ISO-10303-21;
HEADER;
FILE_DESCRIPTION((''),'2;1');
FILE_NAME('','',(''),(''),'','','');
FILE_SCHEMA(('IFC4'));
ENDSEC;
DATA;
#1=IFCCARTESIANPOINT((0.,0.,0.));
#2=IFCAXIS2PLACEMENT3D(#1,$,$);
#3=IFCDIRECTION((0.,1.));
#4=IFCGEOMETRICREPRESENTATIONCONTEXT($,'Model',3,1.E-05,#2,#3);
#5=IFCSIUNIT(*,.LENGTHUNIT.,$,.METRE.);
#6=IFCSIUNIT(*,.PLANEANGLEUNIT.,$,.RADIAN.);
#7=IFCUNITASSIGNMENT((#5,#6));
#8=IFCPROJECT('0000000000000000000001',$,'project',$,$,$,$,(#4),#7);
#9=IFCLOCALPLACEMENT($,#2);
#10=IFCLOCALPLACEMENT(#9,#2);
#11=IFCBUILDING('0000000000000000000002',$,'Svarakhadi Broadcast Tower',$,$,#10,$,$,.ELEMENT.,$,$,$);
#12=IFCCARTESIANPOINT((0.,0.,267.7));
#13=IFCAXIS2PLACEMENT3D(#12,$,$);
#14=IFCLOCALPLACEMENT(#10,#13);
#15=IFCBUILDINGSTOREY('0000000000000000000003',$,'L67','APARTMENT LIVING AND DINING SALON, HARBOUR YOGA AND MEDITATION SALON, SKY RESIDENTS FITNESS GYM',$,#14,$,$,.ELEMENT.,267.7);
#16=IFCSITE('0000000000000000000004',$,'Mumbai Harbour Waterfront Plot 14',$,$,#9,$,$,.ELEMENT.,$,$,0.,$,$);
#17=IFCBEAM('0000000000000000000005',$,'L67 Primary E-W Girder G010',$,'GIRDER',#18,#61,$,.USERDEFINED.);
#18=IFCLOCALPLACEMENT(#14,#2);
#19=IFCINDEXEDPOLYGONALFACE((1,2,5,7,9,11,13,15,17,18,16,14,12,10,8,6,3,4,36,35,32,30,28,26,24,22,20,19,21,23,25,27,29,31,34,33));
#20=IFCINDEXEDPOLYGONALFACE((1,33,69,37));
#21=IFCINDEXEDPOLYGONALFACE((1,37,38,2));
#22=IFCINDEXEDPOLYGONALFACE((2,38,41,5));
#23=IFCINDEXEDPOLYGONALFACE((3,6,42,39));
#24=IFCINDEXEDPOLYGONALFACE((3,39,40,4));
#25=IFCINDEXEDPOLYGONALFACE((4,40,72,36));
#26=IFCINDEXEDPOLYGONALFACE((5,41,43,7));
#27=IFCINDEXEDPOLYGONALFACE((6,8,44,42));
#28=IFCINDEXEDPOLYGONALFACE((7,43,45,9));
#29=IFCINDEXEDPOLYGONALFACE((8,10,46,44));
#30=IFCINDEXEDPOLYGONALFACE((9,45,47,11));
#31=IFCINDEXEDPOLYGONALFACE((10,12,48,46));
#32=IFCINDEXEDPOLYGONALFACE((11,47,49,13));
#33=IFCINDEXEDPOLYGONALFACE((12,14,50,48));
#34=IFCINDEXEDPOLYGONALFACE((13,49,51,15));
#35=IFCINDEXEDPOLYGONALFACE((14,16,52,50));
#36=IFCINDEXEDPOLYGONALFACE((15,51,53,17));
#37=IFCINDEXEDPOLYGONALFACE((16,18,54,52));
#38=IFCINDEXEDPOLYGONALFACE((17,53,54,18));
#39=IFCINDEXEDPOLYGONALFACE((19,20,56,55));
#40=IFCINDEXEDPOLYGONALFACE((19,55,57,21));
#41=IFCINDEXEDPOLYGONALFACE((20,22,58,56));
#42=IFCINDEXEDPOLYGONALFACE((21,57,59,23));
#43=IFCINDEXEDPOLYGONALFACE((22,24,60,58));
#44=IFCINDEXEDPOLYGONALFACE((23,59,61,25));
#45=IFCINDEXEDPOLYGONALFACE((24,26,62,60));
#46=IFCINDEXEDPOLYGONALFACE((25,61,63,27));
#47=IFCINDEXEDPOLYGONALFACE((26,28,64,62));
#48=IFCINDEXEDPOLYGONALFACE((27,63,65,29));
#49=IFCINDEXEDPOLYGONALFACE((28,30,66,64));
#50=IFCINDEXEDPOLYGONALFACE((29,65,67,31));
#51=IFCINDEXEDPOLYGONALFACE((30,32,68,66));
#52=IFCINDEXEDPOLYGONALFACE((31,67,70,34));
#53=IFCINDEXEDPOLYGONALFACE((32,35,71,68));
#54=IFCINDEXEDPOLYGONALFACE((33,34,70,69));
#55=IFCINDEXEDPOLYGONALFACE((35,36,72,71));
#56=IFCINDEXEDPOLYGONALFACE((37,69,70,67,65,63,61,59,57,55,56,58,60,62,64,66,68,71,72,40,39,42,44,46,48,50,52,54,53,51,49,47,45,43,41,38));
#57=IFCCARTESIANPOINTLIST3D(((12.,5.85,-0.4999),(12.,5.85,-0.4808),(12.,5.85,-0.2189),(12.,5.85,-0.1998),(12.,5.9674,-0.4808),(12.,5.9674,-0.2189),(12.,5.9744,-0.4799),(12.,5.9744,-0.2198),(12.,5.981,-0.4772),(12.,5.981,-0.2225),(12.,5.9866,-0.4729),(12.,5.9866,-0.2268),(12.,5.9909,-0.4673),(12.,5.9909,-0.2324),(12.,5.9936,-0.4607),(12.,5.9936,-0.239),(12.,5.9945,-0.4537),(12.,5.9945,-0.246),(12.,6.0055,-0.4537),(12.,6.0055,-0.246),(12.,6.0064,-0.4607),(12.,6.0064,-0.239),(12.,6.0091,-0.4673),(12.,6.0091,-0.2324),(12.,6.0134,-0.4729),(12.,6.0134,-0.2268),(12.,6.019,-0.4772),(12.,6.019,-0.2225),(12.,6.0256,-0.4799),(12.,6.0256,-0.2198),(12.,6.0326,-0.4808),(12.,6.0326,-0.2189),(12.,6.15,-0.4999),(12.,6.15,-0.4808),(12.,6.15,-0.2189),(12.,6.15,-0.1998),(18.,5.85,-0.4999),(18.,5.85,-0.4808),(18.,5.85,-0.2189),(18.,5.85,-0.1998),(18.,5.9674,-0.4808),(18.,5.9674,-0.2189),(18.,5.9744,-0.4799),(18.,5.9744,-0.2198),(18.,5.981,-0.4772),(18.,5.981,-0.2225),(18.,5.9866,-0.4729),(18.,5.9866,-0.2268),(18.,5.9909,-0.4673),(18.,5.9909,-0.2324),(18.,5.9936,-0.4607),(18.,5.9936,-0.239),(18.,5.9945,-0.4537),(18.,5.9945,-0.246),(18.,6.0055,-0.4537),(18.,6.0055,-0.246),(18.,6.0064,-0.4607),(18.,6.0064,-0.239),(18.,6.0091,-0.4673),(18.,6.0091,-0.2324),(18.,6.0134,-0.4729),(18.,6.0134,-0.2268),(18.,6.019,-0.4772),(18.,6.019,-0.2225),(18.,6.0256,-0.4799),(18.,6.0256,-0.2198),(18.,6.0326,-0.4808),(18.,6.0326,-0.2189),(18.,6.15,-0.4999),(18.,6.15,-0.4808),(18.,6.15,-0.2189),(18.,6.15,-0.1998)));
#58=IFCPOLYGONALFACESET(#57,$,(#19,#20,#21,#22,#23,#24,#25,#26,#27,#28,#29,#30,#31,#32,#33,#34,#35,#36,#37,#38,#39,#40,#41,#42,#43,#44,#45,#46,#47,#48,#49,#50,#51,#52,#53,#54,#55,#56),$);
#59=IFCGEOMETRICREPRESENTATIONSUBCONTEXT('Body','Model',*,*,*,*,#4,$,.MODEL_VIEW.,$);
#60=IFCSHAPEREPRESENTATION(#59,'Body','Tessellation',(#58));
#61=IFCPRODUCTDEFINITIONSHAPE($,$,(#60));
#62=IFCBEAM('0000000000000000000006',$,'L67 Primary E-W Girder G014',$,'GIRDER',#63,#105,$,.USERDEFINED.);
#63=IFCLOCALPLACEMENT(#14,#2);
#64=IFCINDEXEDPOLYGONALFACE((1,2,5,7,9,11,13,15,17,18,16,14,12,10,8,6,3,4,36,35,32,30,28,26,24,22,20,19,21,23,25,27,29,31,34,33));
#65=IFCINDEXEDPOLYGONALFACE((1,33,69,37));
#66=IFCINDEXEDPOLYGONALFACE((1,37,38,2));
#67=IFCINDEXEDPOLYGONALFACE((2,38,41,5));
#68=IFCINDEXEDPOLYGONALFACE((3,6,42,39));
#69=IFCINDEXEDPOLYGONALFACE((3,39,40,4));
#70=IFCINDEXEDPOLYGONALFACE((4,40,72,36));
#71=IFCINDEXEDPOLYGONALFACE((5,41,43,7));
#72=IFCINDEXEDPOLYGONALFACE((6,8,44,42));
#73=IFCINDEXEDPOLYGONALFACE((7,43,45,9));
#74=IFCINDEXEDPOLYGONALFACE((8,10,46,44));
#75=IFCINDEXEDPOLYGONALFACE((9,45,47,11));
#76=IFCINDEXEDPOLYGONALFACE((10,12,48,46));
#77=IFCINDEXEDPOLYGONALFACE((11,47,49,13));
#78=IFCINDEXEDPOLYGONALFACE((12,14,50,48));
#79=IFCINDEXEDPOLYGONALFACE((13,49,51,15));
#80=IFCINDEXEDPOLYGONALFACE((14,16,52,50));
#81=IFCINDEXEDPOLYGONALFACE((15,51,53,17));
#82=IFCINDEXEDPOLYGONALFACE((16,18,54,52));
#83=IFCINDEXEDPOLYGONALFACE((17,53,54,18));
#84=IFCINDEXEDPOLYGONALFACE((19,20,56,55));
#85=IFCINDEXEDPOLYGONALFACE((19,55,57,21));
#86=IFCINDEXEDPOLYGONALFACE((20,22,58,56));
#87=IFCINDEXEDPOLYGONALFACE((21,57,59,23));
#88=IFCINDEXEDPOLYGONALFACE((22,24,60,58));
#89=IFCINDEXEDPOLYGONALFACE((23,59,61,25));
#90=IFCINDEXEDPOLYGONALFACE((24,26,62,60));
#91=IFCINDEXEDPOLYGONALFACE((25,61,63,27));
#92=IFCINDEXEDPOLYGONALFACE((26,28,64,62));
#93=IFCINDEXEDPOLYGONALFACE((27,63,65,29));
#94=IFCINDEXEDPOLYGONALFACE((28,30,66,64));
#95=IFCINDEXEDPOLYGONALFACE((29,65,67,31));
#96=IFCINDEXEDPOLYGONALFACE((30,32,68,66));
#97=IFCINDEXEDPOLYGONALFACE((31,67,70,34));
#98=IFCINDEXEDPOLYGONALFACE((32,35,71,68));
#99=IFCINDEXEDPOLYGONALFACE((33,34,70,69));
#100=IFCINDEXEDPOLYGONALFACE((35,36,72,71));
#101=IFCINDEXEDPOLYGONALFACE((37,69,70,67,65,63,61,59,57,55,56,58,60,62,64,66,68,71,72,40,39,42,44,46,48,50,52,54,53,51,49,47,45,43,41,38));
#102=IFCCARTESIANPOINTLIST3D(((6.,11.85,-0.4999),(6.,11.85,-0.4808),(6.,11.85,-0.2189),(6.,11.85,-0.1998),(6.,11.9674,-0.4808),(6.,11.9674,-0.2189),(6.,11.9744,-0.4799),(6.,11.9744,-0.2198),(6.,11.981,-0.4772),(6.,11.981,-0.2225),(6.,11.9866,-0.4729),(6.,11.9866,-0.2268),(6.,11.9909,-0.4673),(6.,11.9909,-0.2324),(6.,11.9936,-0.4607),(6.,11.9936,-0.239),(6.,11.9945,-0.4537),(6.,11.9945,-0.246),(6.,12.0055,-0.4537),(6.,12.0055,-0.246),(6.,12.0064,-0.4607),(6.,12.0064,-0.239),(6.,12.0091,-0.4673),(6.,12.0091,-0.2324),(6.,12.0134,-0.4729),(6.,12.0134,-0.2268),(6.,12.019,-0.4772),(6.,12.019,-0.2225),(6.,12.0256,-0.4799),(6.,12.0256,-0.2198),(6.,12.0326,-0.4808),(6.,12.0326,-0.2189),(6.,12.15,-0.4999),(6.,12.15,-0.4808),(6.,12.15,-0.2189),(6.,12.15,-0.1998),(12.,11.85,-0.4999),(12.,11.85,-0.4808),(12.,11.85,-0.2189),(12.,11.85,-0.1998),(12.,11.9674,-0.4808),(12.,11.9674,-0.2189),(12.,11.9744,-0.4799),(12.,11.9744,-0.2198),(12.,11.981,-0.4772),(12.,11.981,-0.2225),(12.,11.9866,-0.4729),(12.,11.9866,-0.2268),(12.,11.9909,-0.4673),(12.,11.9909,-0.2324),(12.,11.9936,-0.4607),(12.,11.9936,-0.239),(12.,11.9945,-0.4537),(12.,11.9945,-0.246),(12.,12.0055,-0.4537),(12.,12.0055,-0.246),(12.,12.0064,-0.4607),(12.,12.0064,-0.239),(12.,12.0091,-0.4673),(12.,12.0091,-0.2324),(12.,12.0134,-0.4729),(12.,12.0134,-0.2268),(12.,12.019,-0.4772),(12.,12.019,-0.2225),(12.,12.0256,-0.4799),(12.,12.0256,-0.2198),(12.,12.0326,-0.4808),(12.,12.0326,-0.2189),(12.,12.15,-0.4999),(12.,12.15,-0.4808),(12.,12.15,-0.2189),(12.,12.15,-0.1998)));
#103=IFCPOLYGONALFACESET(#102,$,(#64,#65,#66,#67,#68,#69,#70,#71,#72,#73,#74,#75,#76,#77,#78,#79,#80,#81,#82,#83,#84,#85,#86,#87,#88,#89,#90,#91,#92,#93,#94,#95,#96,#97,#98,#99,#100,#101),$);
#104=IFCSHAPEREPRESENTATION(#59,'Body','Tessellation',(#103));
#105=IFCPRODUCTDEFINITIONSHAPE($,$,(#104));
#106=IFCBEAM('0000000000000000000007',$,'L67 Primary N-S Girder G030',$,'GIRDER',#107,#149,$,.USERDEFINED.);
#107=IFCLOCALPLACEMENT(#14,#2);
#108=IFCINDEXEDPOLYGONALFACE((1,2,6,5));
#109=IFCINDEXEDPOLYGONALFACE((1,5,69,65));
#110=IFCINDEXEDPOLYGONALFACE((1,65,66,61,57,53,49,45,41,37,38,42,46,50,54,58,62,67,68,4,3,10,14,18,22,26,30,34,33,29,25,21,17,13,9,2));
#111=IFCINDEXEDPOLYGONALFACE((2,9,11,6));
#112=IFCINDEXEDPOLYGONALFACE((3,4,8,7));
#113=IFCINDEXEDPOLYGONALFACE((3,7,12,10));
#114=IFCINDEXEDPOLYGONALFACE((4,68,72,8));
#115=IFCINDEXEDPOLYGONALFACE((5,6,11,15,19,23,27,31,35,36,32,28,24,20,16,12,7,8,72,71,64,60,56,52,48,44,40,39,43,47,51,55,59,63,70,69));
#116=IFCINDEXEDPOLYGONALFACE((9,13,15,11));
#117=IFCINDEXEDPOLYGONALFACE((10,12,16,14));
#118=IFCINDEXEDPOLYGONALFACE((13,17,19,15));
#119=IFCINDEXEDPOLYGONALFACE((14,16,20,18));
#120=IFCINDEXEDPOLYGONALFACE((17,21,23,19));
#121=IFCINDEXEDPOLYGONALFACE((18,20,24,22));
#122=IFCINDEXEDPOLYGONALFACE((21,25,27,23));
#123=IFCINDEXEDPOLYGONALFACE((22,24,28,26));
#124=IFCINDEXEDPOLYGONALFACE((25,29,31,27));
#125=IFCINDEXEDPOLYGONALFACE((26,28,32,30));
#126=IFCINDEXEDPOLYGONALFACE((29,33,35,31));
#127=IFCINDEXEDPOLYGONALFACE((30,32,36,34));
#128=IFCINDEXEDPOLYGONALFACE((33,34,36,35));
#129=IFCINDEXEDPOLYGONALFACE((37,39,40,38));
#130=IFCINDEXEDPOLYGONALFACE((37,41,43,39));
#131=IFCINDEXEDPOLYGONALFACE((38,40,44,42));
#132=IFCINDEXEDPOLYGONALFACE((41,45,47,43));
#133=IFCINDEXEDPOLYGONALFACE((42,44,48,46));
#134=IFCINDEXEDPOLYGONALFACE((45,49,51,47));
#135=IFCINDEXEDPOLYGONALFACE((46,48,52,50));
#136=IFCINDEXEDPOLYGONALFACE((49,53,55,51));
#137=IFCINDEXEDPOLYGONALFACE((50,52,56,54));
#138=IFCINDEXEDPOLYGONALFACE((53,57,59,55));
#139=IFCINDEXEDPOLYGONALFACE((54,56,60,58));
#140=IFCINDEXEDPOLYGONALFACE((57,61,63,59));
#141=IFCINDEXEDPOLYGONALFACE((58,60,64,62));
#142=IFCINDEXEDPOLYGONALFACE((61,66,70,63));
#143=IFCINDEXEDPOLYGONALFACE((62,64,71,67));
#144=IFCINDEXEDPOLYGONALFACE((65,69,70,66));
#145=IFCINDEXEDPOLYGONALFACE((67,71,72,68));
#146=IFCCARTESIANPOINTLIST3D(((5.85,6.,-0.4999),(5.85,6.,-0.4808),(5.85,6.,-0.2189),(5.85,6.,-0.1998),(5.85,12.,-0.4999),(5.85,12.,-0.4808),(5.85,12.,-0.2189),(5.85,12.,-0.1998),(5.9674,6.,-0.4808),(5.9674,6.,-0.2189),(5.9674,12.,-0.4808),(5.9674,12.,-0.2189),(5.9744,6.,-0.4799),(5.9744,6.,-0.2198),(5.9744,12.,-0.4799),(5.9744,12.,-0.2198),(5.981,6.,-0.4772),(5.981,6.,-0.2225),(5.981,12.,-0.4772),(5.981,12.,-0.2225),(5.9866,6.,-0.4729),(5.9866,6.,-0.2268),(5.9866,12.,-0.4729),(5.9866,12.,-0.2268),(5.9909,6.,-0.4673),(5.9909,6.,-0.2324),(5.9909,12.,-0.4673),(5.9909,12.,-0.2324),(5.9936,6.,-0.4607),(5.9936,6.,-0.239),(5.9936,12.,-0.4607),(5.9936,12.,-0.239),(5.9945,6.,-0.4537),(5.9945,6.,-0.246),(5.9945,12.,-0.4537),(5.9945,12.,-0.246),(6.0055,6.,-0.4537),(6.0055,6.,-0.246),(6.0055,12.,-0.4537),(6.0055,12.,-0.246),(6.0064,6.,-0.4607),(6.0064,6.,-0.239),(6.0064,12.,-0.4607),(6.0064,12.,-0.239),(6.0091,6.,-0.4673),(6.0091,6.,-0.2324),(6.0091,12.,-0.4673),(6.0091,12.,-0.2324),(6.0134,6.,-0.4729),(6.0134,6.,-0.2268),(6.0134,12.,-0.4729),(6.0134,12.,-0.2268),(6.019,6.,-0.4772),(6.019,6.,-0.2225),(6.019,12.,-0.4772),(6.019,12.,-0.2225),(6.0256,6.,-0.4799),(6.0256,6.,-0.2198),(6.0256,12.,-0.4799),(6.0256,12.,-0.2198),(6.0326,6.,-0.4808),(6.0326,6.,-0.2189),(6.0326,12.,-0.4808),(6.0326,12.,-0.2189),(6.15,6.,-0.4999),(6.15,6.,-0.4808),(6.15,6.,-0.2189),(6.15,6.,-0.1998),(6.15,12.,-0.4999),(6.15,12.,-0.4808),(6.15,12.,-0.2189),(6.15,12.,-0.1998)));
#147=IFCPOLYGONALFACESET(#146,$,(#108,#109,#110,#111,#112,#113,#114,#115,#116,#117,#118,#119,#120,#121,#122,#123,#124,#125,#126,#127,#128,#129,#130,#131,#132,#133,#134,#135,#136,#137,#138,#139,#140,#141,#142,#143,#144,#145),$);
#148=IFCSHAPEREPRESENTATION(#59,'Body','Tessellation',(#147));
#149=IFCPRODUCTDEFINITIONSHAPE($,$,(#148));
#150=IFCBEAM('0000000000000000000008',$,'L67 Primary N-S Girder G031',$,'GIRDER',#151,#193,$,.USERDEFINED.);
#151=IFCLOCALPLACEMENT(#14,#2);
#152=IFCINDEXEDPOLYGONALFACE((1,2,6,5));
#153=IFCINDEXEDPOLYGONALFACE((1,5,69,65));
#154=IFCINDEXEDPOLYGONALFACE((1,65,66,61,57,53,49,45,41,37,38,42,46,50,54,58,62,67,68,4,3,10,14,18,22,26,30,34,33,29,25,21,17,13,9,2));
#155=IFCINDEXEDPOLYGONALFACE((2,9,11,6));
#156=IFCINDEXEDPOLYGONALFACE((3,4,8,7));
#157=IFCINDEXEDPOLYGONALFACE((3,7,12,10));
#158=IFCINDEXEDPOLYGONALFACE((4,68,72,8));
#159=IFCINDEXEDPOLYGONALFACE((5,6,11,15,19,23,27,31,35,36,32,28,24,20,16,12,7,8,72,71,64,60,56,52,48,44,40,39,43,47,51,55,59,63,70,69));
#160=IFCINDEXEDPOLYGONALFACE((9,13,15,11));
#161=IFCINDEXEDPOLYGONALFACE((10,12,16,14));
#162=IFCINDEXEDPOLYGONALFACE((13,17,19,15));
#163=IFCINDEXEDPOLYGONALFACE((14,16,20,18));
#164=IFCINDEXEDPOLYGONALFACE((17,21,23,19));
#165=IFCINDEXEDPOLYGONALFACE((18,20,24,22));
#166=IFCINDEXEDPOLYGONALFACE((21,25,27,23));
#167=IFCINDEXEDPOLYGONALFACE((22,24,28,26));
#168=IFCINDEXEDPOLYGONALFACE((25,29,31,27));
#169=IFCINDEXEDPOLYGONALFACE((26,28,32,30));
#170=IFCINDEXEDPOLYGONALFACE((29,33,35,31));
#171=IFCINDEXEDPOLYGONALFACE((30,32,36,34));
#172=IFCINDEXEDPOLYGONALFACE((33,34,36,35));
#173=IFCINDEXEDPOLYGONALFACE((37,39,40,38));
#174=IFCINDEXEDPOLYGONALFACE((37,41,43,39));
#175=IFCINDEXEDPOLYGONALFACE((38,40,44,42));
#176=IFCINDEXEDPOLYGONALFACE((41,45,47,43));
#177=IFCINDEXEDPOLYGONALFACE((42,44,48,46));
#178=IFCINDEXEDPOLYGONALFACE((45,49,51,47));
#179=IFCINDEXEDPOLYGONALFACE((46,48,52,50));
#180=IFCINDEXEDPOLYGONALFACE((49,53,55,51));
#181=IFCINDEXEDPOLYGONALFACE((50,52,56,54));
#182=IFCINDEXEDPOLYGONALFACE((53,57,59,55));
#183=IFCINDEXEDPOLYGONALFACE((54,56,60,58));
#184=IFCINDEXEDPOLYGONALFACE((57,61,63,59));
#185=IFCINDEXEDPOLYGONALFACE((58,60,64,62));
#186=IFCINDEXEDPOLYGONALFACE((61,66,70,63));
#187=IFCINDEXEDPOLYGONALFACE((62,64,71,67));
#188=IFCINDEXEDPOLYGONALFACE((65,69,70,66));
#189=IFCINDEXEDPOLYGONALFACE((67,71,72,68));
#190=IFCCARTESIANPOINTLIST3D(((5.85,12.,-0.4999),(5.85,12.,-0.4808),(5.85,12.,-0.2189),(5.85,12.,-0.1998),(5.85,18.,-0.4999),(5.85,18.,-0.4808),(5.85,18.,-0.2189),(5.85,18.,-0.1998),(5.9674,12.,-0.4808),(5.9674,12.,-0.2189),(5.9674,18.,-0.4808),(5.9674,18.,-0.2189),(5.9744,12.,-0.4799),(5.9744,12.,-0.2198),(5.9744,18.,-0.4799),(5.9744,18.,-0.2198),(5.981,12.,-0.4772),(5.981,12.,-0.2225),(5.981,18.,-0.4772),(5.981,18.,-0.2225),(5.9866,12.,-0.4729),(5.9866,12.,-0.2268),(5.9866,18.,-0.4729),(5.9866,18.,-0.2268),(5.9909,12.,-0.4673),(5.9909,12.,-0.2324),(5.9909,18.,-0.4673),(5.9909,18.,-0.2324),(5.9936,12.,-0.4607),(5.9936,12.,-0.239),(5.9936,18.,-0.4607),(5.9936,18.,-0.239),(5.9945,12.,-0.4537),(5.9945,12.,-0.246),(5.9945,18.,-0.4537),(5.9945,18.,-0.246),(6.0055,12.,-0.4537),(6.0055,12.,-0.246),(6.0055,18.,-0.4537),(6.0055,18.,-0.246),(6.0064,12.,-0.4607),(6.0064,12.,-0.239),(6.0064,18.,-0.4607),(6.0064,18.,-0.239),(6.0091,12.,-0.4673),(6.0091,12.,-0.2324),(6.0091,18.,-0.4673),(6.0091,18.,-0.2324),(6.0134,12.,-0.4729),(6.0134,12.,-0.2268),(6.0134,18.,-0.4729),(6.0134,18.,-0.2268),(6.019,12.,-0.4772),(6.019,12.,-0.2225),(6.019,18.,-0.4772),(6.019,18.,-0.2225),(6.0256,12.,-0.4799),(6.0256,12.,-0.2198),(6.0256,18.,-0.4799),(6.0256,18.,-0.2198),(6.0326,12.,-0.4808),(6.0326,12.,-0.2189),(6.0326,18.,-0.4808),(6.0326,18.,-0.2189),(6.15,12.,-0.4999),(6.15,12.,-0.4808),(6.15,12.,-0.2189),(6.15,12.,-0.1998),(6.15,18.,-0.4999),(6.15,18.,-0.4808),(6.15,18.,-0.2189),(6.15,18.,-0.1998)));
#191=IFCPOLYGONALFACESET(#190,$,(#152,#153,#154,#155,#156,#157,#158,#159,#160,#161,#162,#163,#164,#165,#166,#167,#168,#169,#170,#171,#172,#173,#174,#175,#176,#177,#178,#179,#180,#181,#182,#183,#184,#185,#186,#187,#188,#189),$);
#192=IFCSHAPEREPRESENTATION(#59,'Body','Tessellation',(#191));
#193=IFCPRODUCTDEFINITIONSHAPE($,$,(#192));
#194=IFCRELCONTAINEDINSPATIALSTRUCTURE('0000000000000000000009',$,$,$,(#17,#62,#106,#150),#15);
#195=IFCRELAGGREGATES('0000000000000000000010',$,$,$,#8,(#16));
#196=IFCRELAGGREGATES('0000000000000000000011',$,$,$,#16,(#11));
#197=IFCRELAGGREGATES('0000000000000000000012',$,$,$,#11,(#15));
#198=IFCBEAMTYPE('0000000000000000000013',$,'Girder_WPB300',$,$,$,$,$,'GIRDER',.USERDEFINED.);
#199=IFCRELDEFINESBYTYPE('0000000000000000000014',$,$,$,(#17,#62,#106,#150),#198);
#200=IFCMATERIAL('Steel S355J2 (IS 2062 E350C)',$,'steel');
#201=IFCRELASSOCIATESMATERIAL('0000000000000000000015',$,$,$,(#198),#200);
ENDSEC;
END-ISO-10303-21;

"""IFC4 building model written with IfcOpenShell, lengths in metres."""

from ifc_helpers import new_model, si_unit, direction, frame, origin, origin_2d, place, context, subcontext, project, spatial, i_section, extrude, material, material_profile, profile_set, type_object, element, save


model = new_model("IFC4")

# Units and contexts
model_context = context("Model", 3, precision=1e-05, world=origin(), true_north=direction((0.0, 1.0)))
body_context = subcontext(model_context, "Body", "Model", "MODEL_VIEW")
ifc_project = project(units=[si_unit("LENGTHUNIT", "METRE"), si_unit("PLANEANGLEUNIT", "RADIAN")], contexts=[model_context])

# Site, building, storey
site_placement = place(None, origin())
site = spatial("IfcSite", under=ifc_project, at=site_placement, Name="Mumbai Harbour Waterfront Plot 14", CompositionType="ELEMENT", RefElevation=0.0)
building_placement = place(site_placement, origin())
building = spatial("IfcBuilding", under=site, at=building_placement, Name="Svarakhadi Broadcast Tower", CompositionType="ELEMENT")
storey_placement = place(building_placement, frame((0.0, 0.0, 267.7)))
storey = spatial("IfcBuildingStorey", under=building, at=storey_placement, Name="L67", Description="APARTMENT LIVING AND DINING SALON, HARBOUR YOGA AND MEDITATION SALON, SKY RESIDENTS FITNESS GYM", CompositionType="ELEMENT", Elevation=267.7)

# Beams
ifc_material_1 = material(Name="Steel S355J2 (IS 2062 E350C)", Category="steel")
ifc_material_profile_1 = material_profile(ifc_material_1, i_section(OverallWidth=0.3, OverallDepth=0.3, WebThickness=0.011, FlangeThickness=0.019, FilletRadius=0.0271, at=origin_2d()), Name="WPB 300x300x117")
ifc_profile_set_1 = profile_set([ifc_material_profile_1], Name="Steel S355J2 (IS 2062 E350C)")
beam_type_1 = type_object("IfcBeamType", Name="Girder_WPB300", ElementType="GIRDER", PredefinedType="USERDEFINED", material=ifc_profile_set_1)
for number, where, z_axis, x_axis, name in (
    (1, (12.0, 6.0, -0.3499), (1.0, 0.0, 0.0), (0.0, 1.0, 0.0), "L67 Primary E-W Girder G010"),
    (2, (6.0, 12.0, -0.3499), (1.0, 0.0, 0.0), (0.0, 1.0, 0.0), "L67 Primary E-W Girder G014"),
    (3, (6.0, 6.0, -0.3499), (0.0, 1.0, 0.0), (-1.0, 0.0, 0.0), "L67 Primary N-S Girder G030"),
    (4, (6.0, 12.0, -0.3499), (0.0, 1.0, 0.0), (-1.0, 0.0, 0.0), "L67 Primary N-S Girder G031"),
):
    element("IfcBeam", number, at=place(storey_placement, frame(where, z_axis=z_axis, x_axis=x_axis)), inside=storey, type_object=beam_type_1, Name=name, ObjectType="GIRDER", PredefinedType="USERDEFINED", context=body_context, shape_type="SweptSolid", body=[
        extrude(i_section(OverallWidth=0.3, OverallDepth=0.3, WebThickness=0.011, FlangeThickness=0.019, FilletRadius=0.0271, at=origin_2d()), origin(), (0.0, 0.0, 1.0), 6.0),
    ])

save(model, "model.ifc")
